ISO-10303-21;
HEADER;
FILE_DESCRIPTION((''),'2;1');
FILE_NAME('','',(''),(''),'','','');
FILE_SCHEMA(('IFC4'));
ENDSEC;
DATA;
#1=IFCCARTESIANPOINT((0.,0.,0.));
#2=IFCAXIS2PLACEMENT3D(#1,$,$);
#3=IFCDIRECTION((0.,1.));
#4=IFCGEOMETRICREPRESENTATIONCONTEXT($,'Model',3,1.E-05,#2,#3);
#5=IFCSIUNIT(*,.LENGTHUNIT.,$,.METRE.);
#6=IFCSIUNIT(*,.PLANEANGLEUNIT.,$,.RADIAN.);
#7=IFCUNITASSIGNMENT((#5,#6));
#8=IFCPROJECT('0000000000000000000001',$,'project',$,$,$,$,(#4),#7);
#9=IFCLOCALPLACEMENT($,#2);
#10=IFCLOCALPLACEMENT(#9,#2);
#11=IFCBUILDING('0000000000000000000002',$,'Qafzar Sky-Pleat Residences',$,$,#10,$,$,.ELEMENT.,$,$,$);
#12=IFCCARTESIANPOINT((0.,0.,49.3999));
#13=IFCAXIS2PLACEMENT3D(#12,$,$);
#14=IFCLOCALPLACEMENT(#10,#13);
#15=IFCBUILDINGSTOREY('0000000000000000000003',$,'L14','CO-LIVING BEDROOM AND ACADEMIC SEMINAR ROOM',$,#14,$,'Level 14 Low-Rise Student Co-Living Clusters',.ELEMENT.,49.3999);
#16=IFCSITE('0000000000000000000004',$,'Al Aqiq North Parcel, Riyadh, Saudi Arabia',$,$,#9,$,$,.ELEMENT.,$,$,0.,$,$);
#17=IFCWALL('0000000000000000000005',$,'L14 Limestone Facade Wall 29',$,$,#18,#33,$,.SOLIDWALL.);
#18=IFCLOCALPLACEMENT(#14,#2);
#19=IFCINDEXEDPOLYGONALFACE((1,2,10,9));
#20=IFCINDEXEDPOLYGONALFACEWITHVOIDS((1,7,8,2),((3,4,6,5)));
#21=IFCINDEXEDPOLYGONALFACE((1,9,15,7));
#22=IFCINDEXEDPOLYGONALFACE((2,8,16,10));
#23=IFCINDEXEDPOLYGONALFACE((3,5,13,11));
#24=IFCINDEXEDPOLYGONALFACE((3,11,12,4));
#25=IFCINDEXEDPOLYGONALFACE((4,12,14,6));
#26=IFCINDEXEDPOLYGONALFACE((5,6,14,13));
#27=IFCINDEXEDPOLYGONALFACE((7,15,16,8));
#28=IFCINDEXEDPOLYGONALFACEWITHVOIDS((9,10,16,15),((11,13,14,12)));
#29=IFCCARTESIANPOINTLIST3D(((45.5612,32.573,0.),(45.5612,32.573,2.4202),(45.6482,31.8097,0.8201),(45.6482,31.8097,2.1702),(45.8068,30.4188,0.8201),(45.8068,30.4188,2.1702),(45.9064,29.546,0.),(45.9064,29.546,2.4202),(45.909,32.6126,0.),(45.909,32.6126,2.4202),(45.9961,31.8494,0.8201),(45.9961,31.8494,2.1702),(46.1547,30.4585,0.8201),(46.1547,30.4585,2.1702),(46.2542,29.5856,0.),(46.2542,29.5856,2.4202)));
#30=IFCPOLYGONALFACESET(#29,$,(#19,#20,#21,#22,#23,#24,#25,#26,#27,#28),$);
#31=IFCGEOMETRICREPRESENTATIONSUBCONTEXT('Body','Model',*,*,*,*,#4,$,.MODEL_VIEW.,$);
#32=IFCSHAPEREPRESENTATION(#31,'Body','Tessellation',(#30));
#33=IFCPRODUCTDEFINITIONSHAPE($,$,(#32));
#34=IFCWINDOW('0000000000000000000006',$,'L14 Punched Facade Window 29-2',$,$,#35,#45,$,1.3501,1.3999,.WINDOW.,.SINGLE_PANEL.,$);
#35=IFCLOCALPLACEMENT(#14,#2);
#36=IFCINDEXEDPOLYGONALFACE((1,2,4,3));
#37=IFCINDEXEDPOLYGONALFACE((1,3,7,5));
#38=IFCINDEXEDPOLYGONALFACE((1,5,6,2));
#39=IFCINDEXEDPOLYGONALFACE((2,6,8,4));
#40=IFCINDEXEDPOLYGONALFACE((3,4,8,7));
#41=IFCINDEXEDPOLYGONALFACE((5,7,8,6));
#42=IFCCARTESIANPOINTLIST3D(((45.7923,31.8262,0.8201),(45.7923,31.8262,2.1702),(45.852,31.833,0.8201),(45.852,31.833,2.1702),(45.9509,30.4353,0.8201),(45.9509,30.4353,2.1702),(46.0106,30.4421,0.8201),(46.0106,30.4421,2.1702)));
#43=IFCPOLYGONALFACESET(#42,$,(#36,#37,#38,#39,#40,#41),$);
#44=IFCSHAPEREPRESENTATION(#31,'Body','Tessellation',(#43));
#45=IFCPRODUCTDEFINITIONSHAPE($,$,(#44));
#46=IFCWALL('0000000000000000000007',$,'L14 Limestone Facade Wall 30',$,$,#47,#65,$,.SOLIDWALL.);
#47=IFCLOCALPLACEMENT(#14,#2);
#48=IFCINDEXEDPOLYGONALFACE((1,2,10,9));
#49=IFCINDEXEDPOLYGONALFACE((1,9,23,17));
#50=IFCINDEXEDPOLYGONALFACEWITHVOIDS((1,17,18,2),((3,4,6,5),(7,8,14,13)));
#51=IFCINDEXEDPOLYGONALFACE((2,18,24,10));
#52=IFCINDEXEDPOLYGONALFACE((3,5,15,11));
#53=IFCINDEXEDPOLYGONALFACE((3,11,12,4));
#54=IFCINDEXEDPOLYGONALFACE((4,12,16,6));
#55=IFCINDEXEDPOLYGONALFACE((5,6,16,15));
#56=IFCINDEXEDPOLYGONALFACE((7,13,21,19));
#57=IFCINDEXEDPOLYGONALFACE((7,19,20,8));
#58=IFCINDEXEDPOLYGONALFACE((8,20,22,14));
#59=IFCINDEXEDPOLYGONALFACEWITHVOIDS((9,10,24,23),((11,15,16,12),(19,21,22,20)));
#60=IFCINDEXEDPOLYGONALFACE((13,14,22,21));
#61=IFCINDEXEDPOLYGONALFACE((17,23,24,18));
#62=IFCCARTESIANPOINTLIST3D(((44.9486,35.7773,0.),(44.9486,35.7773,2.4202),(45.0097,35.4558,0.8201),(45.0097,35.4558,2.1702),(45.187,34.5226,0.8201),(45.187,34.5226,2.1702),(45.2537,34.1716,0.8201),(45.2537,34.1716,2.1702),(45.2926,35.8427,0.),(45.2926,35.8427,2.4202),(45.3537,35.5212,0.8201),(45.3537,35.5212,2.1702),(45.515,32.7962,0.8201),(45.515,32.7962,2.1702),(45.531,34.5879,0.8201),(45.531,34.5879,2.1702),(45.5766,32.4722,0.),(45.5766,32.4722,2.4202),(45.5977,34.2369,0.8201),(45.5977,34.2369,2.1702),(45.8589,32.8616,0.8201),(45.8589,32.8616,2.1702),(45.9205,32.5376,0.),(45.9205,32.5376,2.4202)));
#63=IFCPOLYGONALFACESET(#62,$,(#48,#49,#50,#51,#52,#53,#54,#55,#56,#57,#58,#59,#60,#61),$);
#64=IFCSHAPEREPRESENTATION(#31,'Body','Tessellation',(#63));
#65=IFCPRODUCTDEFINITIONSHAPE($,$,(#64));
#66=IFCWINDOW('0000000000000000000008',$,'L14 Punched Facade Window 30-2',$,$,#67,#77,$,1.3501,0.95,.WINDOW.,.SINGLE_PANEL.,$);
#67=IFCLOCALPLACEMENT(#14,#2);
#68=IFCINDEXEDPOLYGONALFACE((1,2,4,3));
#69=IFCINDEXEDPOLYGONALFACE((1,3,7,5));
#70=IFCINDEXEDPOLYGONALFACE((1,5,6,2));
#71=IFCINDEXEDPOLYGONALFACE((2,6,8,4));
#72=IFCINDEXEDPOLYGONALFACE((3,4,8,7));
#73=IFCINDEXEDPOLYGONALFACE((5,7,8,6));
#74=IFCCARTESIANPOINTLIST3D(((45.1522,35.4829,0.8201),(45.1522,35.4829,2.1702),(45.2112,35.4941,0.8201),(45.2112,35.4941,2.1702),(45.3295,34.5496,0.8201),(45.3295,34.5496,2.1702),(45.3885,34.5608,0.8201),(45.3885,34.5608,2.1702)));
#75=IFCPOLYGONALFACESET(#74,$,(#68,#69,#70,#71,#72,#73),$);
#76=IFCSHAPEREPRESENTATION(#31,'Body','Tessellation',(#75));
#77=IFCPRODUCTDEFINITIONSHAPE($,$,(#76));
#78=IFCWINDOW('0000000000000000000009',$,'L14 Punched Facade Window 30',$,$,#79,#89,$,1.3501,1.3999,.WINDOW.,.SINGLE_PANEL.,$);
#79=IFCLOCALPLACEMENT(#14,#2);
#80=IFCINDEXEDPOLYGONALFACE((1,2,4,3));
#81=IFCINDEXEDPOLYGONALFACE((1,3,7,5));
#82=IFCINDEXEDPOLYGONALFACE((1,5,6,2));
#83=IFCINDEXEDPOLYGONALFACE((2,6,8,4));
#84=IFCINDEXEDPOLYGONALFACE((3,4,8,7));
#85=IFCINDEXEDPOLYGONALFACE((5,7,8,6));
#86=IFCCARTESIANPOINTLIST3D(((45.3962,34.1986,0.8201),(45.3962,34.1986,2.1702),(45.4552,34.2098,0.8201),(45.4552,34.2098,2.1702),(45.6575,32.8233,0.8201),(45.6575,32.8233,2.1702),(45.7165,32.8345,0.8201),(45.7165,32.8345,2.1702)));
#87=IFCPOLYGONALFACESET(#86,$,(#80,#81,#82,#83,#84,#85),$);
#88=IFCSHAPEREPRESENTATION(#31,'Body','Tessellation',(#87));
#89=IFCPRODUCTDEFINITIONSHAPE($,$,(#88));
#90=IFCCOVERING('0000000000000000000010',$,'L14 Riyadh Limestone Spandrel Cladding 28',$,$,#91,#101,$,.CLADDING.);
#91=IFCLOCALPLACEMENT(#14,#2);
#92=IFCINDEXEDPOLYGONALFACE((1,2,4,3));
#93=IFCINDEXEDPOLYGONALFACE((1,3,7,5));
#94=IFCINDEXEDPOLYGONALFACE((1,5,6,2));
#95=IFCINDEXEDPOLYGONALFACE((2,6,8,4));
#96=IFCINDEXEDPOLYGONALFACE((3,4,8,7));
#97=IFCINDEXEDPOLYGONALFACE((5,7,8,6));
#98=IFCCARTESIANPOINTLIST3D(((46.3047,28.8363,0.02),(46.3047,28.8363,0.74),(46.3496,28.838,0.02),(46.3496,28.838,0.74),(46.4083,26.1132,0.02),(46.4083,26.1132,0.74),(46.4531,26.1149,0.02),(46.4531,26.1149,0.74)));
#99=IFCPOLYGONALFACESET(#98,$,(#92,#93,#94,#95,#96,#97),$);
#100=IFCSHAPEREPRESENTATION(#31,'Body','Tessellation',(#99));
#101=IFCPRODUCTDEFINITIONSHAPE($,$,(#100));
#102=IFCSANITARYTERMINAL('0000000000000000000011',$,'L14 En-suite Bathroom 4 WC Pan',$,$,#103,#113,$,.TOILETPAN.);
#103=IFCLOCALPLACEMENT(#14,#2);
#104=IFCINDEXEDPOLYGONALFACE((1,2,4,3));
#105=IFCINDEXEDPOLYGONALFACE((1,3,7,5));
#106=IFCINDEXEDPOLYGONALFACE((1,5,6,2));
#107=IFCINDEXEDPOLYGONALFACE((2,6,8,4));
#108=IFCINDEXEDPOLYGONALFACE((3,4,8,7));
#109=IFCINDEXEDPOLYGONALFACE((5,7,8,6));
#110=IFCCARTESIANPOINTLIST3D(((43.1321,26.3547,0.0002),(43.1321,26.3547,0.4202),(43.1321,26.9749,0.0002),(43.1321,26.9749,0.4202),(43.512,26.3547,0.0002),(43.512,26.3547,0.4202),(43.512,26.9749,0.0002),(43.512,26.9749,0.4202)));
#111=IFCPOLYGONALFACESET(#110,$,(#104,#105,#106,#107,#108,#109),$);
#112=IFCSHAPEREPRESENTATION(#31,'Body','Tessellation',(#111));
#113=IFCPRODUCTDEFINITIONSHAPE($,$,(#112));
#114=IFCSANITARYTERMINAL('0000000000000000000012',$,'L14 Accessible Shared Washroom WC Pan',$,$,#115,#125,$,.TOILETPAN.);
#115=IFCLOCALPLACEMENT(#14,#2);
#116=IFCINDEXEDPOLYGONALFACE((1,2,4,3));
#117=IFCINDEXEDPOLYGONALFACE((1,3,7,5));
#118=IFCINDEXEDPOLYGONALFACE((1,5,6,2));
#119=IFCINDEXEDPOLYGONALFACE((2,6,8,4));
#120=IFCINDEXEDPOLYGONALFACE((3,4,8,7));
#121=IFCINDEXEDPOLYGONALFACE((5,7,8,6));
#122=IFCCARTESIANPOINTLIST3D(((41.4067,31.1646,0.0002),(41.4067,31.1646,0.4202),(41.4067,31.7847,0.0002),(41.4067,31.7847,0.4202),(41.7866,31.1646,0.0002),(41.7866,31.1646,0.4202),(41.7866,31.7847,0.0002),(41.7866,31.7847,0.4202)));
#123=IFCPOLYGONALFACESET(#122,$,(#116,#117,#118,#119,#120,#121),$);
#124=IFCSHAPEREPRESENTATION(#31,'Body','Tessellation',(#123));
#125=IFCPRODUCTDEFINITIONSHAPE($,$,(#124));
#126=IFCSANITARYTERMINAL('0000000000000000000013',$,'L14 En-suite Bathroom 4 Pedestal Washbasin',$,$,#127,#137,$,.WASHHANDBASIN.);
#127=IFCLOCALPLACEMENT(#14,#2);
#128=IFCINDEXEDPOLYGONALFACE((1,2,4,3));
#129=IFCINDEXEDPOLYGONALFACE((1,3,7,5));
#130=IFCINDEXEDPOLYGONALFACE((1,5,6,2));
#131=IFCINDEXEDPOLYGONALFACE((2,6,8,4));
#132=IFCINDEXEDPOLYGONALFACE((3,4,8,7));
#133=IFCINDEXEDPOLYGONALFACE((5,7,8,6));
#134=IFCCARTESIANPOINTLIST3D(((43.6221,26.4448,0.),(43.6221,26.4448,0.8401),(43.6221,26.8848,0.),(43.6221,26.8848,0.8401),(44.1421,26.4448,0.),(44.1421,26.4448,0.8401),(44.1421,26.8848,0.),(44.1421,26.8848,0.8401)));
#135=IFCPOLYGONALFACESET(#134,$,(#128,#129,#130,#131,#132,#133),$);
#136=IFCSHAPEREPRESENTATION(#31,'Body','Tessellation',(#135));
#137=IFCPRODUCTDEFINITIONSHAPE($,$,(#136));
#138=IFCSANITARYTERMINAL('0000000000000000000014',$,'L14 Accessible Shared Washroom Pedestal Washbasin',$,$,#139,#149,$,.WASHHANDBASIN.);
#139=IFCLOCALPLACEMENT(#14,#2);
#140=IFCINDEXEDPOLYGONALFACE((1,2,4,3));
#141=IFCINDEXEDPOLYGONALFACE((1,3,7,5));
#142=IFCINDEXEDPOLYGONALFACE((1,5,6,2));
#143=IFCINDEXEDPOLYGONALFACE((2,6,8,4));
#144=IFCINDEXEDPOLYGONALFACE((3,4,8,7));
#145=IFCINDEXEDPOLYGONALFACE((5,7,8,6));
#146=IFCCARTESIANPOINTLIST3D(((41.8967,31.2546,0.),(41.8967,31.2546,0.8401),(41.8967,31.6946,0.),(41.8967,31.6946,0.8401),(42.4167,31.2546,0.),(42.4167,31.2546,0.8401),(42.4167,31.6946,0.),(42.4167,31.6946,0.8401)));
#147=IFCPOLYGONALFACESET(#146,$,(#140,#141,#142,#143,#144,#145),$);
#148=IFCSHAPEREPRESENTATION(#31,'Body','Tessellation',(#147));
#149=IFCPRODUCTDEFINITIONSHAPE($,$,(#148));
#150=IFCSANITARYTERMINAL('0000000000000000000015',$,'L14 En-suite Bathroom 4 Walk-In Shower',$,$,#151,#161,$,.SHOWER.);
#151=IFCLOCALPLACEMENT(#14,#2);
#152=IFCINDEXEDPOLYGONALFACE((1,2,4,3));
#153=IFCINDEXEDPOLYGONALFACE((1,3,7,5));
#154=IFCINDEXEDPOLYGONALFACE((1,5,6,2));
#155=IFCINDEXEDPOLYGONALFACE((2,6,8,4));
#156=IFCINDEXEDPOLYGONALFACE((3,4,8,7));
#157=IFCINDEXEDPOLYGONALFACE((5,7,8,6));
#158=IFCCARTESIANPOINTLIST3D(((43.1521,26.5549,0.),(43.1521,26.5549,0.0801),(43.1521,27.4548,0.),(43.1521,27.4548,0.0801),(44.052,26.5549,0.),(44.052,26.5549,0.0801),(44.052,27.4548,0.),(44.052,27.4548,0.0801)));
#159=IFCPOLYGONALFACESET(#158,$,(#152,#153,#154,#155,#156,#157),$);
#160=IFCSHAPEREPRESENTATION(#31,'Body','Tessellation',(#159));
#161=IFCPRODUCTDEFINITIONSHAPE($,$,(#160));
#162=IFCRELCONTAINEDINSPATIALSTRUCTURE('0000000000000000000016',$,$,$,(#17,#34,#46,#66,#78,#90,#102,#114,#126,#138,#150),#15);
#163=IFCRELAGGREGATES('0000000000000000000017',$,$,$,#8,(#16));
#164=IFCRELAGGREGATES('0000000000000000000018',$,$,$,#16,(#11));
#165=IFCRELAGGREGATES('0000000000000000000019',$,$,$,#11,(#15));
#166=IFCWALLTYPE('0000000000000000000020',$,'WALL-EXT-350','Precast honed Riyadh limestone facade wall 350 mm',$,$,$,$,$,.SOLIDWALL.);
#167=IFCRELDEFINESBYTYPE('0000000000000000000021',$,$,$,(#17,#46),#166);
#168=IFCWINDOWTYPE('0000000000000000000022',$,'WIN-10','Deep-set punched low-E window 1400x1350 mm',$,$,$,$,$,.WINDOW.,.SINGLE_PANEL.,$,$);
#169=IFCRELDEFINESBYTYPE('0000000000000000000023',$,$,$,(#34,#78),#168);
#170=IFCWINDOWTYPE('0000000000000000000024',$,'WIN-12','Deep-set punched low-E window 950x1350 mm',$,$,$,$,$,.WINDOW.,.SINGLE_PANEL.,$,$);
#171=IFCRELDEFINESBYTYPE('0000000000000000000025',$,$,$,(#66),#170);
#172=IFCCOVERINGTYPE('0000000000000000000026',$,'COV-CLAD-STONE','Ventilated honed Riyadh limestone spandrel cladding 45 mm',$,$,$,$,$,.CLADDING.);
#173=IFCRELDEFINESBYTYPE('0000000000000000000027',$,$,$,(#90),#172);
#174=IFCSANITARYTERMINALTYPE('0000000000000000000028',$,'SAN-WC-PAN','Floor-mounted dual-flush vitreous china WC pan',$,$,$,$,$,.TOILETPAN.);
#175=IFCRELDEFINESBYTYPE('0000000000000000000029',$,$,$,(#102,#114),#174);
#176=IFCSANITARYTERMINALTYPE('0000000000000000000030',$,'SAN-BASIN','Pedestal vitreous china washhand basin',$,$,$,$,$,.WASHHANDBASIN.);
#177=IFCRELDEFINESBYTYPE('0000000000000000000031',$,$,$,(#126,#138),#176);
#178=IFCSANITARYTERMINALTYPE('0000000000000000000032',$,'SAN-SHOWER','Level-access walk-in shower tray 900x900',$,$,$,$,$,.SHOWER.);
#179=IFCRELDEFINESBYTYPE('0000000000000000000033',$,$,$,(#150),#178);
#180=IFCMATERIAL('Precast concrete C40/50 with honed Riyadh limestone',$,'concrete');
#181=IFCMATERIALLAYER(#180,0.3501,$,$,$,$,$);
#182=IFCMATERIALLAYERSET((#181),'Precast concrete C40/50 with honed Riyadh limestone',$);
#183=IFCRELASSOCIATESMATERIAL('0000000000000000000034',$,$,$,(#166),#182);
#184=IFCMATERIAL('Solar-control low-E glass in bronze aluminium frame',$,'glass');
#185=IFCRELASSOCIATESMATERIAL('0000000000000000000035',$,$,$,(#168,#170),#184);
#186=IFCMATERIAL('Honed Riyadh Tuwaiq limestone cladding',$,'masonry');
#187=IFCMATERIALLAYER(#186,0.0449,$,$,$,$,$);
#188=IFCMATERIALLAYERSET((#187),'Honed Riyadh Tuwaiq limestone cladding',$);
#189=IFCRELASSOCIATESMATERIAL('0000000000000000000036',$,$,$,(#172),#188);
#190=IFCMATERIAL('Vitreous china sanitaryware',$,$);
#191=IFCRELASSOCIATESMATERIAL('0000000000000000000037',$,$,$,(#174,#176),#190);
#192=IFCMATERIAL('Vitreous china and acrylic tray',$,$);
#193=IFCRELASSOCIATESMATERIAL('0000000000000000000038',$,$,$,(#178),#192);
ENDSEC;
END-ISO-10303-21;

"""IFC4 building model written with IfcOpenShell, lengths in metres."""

from ifc_helpers import new_model, si_unit, direction, frame, frame_2d, origin, origin_2d, place, context, subcontext, project, spatial, rectangle, extrude, source, transform, mapped, material, layer, layer_set, type_object, element, fill, save


model = new_model("IFC4")

# Units and contexts
model_context = context("Model", 3, precision=1e-05, world=origin(), true_north=direction((0.0, 1.0)))
body_context = subcontext(model_context, "Body", "Model", "MODEL_VIEW")
ifc_project = project(units=[si_unit("LENGTHUNIT", "METRE"), si_unit("PLANEANGLEUNIT", "RADIAN")], contexts=[model_context])

# Site, building, storey
site_placement = place(None, origin())
site = spatial("IfcSite", under=ifc_project, at=site_placement, Name="Al Aqiq North Parcel, Riyadh, Saudi Arabia", CompositionType="ELEMENT", RefElevation=0.0)
building_placement = place(site_placement, origin())
building = spatial("IfcBuilding", under=site, at=building_placement, Name="Qafzar Sky-Pleat Residences", CompositionType="ELEMENT")
storey_placement = place(building_placement, frame((0.0, 0.0, 49.3999)))
storey = spatial("IfcBuildingStorey", under=building, at=storey_placement, Name="L14", Description="CO-LIVING BEDROOM AND ACADEMIC SEMINAR ROOM", LongName="Level 14 Low-Rise Student Co-Living Clusters", CompositionType="ELEMENT", Elevation=49.3999)

# Wall, opening, window
ifc_material_1 = material(Name="Precast concrete C40/50 with honed Riyadh limestone", Category="concrete")
ifc_layer_1 = layer(ifc_material_1, 0.3501)
ifc_layer_set_1 = layer_set([ifc_layer_1], Name="Precast concrete C40/50 with honed Riyadh limestone")
wall_type_1 = type_object("IfcWallType", Name="WALL-EXT-350", Description="Precast honed Riyadh limestone facade wall 350 mm", PredefinedType="SOLIDWALL", material=ifc_layer_set_1)
ifc_material_2 = material(Name="Solar-control low-E glass in bronze aluminium frame", Category="glass")
wall_1_placement = place(storey_placement, frame((46.0803, 29.5657, 0.0), z_axis=(0.0, 0.0, 1.0), x_axis=(-0.113307, 0.99356, 0.0)))
wall_1 = element("IfcWall", 1, at=wall_1_placement, inside=storey, type_object=wall_type_1, Name="L14 Limestone Facade Wall 29", PredefinedType="SOLIDWALL", context=body_context, shape_type="SweptSolid", body=[
    extrude(rectangle(XDim=3.0466, YDim=0.3501, at=frame_2d((1.5234, 0.0))), origin(), (0.0, 0.0, 1.0), 2.4202),
])
opening_1_placement = place(wall_1_placement, frame((0.8787, 0.0, 0.8201)))
opening_1 = element("IfcOpeningElement", 2, at=opening_1_placement, cuts=wall_1, PredefinedType="OPENING", context=body_context, shape_type="SweptSolid", body=[
    extrude(rectangle(XDim=1.3999, YDim=1.3501, at=frame_2d((0.7, 0.675))), frame((0.0, 0.1851, 0.0), z_axis=(0.0, -1.0, 0.0), x_axis=(1.0, 0.0, 0.0)), (0.0, 0.0, 1.0), 0.3701),
])
window_type_1 = type_object("IfcWindowType", Name="WIN-10", Description="Deep-set punched low-E window 1400x1350 mm", PartitioningType="SINGLE_PANEL", PredefinedType="WINDOW", material=ifc_material_2)
shared_shape_1 = source(origin(), body_context, "Body", "SweptSolid", [
    extrude(rectangle(XDim=1.3999, YDim=1.3501, at=frame_2d((0.7, 0.675))), frame((0.0, 0.03, 0.0), z_axis=(0.0, -1.0, 0.0), x_axis=(1.0, 0.0, 0.0)), (0.0, 0.0, 1.0), 0.0601),
])
window_1_placement = place(opening_1_placement, origin())
window_1 = element("IfcWindow", 3, at=window_1_placement, inside=storey, type_object=window_type_1, Name="L14 Punched Facade Window 29-2", OverallHeight=1.3501, OverallWidth=1.3999, PartitioningType="SINGLE_PANEL", PredefinedType="WINDOW", context=body_context, shape_type="MappedRepresentation", body=[
    mapped(shared_shape_1, transform((0.0, 0.0, 0.0), x_axis=(1.0, 0.0, 0.0), y_axis=(0.0, 1.0, 0.0), z_axis=(0.0, 0.0, 1.0), scale=1.0)),
])
fill(opening_1, window_1)

# Wall, openings, windows
wall_2_placement = place(storey_placement, frame((45.7485, 32.5049, 0.0), z_axis=(0.0, 0.0, 1.0), x_axis=(-0.186645, 0.982427, 0.0)))
wall_2 = element("IfcWall", 4, at=wall_2_placement, inside=storey, type_object=wall_type_1, Name="L14 Limestone Facade Wall 30", PredefinedType="SOLIDWALL", context=body_context, shape_type="SweptSolid", body=[
    extrude(rectangle(XDim=3.3643, YDim=0.3501, at=frame_2d((1.6821, 0.0))), origin(), (0.0, 0.0, 1.0), 2.4202),
])
opening_2_placement = place(wall_2_placement, frame((0.3298, 0.0, 0.8201)))
opening_2 = element("IfcOpeningElement", 5, at=opening_2_placement, cuts=wall_2, PredefinedType="OPENING", context=body_context, shape_type="SweptSolid", body=[
    extrude(rectangle(XDim=1.3999, YDim=1.3501, at=frame_2d((0.7, 0.675))), frame((0.0, 0.1851, 0.0), z_axis=(0.0, -1.0, 0.0), x_axis=(1.0, 0.0, 0.0)), (0.0, 0.0, 1.0), 0.3701),
])
opening_3_placement = place(wall_2_placement, frame((2.0869, 0.0, 0.8201)))
opening_3 = element("IfcOpeningElement", 6, at=opening_3_placement, cuts=wall_2, PredefinedType="OPENING", context=body_context, shape_type="SweptSolid", body=[
    extrude(rectangle(XDim=0.95, YDim=1.3501, at=frame_2d((0.4751, 0.675))), frame((0.0, 0.1851, 0.0), z_axis=(0.0, -1.0, 0.0), x_axis=(1.0, 0.0, 0.0)), (0.0, 0.0, 1.0), 0.3701),
])
window_type_2 = type_object("IfcWindowType", Name="WIN-12", Description="Deep-set punched low-E window 950x1350 mm", PartitioningType="SINGLE_PANEL", PredefinedType="WINDOW", material=ifc_material_2)
shared_shape_2 = source(origin(), body_context, "Body", "SweptSolid", [
    extrude(rectangle(XDim=0.95, YDim=1.3501, at=frame_2d((0.4751, 0.675))), frame((0.0, 0.03, 0.0), z_axis=(0.0, -1.0, 0.0), x_axis=(1.0, 0.0, 0.0)), (0.0, 0.0, 1.0), 0.0601),
])
window_2_placement = place(opening_3_placement, origin())
window_2 = element("IfcWindow", 7, at=window_2_placement, inside=storey, type_object=window_type_2, Name="L14 Punched Facade Window 30-2", OverallHeight=1.3501, OverallWidth=0.95, PartitioningType="SINGLE_PANEL", PredefinedType="WINDOW", context=body_context, shape_type="MappedRepresentation", body=[
    mapped(shared_shape_2, transform((0.0, 0.0, 0.0), x_axis=(1.0, 0.0, 0.0), y_axis=(0.0, 1.0, 0.0), z_axis=(0.0, 0.0, 1.0), scale=1.0)),
])
fill(opening_3, window_2)
window_3_placement = place(opening_2_placement, origin())
window_3 = element("IfcWindow", 8, at=window_3_placement, inside=storey, type_object=window_type_1, Name="L14 Punched Facade Window 30", OverallHeight=1.3501, OverallWidth=1.3999, PartitioningType="SINGLE_PANEL", PredefinedType="WINDOW", context=body_context, shape_type="MappedRepresentation", body=[
    mapped(shared_shape_1, transform((0.0, 0.0, 0.0), x_axis=(1.0, 0.0, 0.0), y_axis=(0.0, 1.0, 0.0), z_axis=(0.0, 0.0, 1.0), scale=1.0)),
])
fill(opening_2, window_3)

# Covering
ifc_material_3 = material(Name="Honed Riyadh Tuwaiq limestone cladding", Category="masonry")
ifc_layer_2 = layer(ifc_material_3, 0.0449)
ifc_layer_set_2 = layer_set([ifc_layer_2], Name="Honed Riyadh Tuwaiq limestone cladding")
covering_type = type_object("IfcCoveringType", Name="COV-CLAD-STONE", Description="Ventilated honed Riyadh limestone spandrel cladding 45 mm", PredefinedType="CLADDING", material=ifc_layer_set_2)
shared_shape_3 = source(origin(), body_context, "Body", "SweptSolid", [
    extrude(rectangle(XDim=2.7251, YDim=0.0449, at=origin_2d()), origin(), (0.0, 0.0, 1.0), 0.72),
])
covering_placement = place(storey_placement, frame((46.3789, 27.4756, 0.02), z_axis=(0.0, 0.0, 1.0), x_axis=(-0.038015, 0.999277, 0.0)))
element("IfcCovering", 9, at=covering_placement, inside=storey, type_object=covering_type, Name="L14 Riyadh Limestone Spandrel Cladding 28", PredefinedType="CLADDING", context=body_context, shape_type="MappedRepresentation", body=[
    mapped(shared_shape_3, transform((0.0, 0.0, 0.0), x_axis=(1.0, 0.0, 0.0), y_axis=(0.0, 1.0, 0.0), z_axis=(0.0, 0.0, 1.0), scale=1.0)),
])

# Sanitary terminals
ifc_material_4 = material(Name="Vitreous china sanitaryware")
sanitary_terminal_type_1 = type_object("IfcSanitaryTerminalType", Name="SAN-WC-PAN", Description="Floor-mounted dual-flush vitreous china WC pan", PredefinedType="TOILETPAN", material=ifc_material_4)
shared_shape_4 = source(origin(), body_context, "Body", "SweptSolid", [
    extrude(rectangle(XDim=0.3799, YDim=0.6201, at=origin_2d()), origin(), (0.0, 0.0, 1.0), 0.4199),
])
for number, where, z_axis, x_axis, name in (
    (10, (43.322, 26.6648, 0.0002), (0.0, 0.0, 1.0), (1.0, 0.0, 0.0), "L14 En-suite Bathroom 4 WC Pan"),
    (11, (41.5967, 31.4746, 0.0002), (0.0, 0.0, 1.0), (1.0, 0.0, 0.0), "L14 Accessible Shared Washroom WC Pan"),
):
    element("IfcSanitaryTerminal", number, at=place(storey_placement, frame(where, z_axis=z_axis, x_axis=x_axis)), inside=storey, type_object=sanitary_terminal_type_1, Name=name, PredefinedType="TOILETPAN", context=body_context, shape_type="MappedRepresentation", body=[
        mapped(shared_shape_4, transform((0.0, 0.0, 0.0), x_axis=(1.0, 0.0, 0.0), y_axis=(0.0, 1.0, 0.0), z_axis=(0.0, 0.0, 1.0), scale=1.0)),
    ])
sanitary_terminal_type_2 = type_object("IfcSanitaryTerminalType", Name="SAN-BASIN", Description="Pedestal vitreous china washhand basin", PredefinedType="WASHHANDBASIN", material=ifc_material_4)
shared_shape_5 = source(origin(), body_context, "Body", "SweptSolid", [
    extrude(rectangle(XDim=0.52, YDim=0.4399, at=origin_2d()), origin(), (0.0, 0.0, 1.0), 0.8401),
])
for number, where, z_axis, x_axis, name in (
    (12, (43.8821, 26.6648, 0.0), (0.0, 0.0, 1.0), (1.0, 0.0, 0.0), "L14 En-suite Bathroom 4 Pedestal Washbasin"),
    (13, (42.1567, 31.4746, 0.0), (0.0, 0.0, 1.0), (1.0, 0.0, 0.0), "L14 Accessible Shared Washroom Pedestal Washbasin"),
):
    element("IfcSanitaryTerminal", number, at=place(storey_placement, frame(where, z_axis=z_axis, x_axis=x_axis)), inside=storey, type_object=sanitary_terminal_type_2, Name=name, PredefinedType="WASHHANDBASIN", context=body_context, shape_type="MappedRepresentation", body=[
        mapped(shared_shape_5, transform((0.0, 0.0, 0.0), x_axis=(1.0, 0.0, 0.0), y_axis=(0.0, 1.0, 0.0), z_axis=(0.0, 0.0, 1.0), scale=1.0)),
    ])
ifc_material_5 = material(Name="Vitreous china and acrylic tray")
sanitary_terminal_type_3 = type_object("IfcSanitaryTerminalType", Name="SAN-SHOWER", Description="Level-access walk-in shower tray 900x900", PredefinedType="SHOWER", material=ifc_material_5)
shared_shape_6 = source(origin(), body_context, "Body", "SweptSolid", [
    extrude(rectangle(XDim=0.8999, YDim=0.8999, at=origin_2d()), origin(), (0.0, 0.0, 1.0), 0.0801),
])
sanitary_terminal_placement = place(storey_placement, frame((43.6021, 27.0049, 0.0), z_axis=(0.0, 0.0, 1.0), x_axis=(1.0, 0.0, 0.0)))
element("IfcSanitaryTerminal", 14, at=sanitary_terminal_placement, inside=storey, type_object=sanitary_terminal_type_3, Name="L14 En-suite Bathroom 4 Walk-In Shower", PredefinedType="SHOWER", context=body_context, shape_type="MappedRepresentation", body=[
    mapped(shared_shape_6, transform((0.0, 0.0, 0.0), x_axis=(1.0, 0.0, 0.0), y_axis=(0.0, 1.0, 0.0), z_axis=(0.0, 0.0, 1.0), scale=1.0)),
])

save(model, "model.ifc")
